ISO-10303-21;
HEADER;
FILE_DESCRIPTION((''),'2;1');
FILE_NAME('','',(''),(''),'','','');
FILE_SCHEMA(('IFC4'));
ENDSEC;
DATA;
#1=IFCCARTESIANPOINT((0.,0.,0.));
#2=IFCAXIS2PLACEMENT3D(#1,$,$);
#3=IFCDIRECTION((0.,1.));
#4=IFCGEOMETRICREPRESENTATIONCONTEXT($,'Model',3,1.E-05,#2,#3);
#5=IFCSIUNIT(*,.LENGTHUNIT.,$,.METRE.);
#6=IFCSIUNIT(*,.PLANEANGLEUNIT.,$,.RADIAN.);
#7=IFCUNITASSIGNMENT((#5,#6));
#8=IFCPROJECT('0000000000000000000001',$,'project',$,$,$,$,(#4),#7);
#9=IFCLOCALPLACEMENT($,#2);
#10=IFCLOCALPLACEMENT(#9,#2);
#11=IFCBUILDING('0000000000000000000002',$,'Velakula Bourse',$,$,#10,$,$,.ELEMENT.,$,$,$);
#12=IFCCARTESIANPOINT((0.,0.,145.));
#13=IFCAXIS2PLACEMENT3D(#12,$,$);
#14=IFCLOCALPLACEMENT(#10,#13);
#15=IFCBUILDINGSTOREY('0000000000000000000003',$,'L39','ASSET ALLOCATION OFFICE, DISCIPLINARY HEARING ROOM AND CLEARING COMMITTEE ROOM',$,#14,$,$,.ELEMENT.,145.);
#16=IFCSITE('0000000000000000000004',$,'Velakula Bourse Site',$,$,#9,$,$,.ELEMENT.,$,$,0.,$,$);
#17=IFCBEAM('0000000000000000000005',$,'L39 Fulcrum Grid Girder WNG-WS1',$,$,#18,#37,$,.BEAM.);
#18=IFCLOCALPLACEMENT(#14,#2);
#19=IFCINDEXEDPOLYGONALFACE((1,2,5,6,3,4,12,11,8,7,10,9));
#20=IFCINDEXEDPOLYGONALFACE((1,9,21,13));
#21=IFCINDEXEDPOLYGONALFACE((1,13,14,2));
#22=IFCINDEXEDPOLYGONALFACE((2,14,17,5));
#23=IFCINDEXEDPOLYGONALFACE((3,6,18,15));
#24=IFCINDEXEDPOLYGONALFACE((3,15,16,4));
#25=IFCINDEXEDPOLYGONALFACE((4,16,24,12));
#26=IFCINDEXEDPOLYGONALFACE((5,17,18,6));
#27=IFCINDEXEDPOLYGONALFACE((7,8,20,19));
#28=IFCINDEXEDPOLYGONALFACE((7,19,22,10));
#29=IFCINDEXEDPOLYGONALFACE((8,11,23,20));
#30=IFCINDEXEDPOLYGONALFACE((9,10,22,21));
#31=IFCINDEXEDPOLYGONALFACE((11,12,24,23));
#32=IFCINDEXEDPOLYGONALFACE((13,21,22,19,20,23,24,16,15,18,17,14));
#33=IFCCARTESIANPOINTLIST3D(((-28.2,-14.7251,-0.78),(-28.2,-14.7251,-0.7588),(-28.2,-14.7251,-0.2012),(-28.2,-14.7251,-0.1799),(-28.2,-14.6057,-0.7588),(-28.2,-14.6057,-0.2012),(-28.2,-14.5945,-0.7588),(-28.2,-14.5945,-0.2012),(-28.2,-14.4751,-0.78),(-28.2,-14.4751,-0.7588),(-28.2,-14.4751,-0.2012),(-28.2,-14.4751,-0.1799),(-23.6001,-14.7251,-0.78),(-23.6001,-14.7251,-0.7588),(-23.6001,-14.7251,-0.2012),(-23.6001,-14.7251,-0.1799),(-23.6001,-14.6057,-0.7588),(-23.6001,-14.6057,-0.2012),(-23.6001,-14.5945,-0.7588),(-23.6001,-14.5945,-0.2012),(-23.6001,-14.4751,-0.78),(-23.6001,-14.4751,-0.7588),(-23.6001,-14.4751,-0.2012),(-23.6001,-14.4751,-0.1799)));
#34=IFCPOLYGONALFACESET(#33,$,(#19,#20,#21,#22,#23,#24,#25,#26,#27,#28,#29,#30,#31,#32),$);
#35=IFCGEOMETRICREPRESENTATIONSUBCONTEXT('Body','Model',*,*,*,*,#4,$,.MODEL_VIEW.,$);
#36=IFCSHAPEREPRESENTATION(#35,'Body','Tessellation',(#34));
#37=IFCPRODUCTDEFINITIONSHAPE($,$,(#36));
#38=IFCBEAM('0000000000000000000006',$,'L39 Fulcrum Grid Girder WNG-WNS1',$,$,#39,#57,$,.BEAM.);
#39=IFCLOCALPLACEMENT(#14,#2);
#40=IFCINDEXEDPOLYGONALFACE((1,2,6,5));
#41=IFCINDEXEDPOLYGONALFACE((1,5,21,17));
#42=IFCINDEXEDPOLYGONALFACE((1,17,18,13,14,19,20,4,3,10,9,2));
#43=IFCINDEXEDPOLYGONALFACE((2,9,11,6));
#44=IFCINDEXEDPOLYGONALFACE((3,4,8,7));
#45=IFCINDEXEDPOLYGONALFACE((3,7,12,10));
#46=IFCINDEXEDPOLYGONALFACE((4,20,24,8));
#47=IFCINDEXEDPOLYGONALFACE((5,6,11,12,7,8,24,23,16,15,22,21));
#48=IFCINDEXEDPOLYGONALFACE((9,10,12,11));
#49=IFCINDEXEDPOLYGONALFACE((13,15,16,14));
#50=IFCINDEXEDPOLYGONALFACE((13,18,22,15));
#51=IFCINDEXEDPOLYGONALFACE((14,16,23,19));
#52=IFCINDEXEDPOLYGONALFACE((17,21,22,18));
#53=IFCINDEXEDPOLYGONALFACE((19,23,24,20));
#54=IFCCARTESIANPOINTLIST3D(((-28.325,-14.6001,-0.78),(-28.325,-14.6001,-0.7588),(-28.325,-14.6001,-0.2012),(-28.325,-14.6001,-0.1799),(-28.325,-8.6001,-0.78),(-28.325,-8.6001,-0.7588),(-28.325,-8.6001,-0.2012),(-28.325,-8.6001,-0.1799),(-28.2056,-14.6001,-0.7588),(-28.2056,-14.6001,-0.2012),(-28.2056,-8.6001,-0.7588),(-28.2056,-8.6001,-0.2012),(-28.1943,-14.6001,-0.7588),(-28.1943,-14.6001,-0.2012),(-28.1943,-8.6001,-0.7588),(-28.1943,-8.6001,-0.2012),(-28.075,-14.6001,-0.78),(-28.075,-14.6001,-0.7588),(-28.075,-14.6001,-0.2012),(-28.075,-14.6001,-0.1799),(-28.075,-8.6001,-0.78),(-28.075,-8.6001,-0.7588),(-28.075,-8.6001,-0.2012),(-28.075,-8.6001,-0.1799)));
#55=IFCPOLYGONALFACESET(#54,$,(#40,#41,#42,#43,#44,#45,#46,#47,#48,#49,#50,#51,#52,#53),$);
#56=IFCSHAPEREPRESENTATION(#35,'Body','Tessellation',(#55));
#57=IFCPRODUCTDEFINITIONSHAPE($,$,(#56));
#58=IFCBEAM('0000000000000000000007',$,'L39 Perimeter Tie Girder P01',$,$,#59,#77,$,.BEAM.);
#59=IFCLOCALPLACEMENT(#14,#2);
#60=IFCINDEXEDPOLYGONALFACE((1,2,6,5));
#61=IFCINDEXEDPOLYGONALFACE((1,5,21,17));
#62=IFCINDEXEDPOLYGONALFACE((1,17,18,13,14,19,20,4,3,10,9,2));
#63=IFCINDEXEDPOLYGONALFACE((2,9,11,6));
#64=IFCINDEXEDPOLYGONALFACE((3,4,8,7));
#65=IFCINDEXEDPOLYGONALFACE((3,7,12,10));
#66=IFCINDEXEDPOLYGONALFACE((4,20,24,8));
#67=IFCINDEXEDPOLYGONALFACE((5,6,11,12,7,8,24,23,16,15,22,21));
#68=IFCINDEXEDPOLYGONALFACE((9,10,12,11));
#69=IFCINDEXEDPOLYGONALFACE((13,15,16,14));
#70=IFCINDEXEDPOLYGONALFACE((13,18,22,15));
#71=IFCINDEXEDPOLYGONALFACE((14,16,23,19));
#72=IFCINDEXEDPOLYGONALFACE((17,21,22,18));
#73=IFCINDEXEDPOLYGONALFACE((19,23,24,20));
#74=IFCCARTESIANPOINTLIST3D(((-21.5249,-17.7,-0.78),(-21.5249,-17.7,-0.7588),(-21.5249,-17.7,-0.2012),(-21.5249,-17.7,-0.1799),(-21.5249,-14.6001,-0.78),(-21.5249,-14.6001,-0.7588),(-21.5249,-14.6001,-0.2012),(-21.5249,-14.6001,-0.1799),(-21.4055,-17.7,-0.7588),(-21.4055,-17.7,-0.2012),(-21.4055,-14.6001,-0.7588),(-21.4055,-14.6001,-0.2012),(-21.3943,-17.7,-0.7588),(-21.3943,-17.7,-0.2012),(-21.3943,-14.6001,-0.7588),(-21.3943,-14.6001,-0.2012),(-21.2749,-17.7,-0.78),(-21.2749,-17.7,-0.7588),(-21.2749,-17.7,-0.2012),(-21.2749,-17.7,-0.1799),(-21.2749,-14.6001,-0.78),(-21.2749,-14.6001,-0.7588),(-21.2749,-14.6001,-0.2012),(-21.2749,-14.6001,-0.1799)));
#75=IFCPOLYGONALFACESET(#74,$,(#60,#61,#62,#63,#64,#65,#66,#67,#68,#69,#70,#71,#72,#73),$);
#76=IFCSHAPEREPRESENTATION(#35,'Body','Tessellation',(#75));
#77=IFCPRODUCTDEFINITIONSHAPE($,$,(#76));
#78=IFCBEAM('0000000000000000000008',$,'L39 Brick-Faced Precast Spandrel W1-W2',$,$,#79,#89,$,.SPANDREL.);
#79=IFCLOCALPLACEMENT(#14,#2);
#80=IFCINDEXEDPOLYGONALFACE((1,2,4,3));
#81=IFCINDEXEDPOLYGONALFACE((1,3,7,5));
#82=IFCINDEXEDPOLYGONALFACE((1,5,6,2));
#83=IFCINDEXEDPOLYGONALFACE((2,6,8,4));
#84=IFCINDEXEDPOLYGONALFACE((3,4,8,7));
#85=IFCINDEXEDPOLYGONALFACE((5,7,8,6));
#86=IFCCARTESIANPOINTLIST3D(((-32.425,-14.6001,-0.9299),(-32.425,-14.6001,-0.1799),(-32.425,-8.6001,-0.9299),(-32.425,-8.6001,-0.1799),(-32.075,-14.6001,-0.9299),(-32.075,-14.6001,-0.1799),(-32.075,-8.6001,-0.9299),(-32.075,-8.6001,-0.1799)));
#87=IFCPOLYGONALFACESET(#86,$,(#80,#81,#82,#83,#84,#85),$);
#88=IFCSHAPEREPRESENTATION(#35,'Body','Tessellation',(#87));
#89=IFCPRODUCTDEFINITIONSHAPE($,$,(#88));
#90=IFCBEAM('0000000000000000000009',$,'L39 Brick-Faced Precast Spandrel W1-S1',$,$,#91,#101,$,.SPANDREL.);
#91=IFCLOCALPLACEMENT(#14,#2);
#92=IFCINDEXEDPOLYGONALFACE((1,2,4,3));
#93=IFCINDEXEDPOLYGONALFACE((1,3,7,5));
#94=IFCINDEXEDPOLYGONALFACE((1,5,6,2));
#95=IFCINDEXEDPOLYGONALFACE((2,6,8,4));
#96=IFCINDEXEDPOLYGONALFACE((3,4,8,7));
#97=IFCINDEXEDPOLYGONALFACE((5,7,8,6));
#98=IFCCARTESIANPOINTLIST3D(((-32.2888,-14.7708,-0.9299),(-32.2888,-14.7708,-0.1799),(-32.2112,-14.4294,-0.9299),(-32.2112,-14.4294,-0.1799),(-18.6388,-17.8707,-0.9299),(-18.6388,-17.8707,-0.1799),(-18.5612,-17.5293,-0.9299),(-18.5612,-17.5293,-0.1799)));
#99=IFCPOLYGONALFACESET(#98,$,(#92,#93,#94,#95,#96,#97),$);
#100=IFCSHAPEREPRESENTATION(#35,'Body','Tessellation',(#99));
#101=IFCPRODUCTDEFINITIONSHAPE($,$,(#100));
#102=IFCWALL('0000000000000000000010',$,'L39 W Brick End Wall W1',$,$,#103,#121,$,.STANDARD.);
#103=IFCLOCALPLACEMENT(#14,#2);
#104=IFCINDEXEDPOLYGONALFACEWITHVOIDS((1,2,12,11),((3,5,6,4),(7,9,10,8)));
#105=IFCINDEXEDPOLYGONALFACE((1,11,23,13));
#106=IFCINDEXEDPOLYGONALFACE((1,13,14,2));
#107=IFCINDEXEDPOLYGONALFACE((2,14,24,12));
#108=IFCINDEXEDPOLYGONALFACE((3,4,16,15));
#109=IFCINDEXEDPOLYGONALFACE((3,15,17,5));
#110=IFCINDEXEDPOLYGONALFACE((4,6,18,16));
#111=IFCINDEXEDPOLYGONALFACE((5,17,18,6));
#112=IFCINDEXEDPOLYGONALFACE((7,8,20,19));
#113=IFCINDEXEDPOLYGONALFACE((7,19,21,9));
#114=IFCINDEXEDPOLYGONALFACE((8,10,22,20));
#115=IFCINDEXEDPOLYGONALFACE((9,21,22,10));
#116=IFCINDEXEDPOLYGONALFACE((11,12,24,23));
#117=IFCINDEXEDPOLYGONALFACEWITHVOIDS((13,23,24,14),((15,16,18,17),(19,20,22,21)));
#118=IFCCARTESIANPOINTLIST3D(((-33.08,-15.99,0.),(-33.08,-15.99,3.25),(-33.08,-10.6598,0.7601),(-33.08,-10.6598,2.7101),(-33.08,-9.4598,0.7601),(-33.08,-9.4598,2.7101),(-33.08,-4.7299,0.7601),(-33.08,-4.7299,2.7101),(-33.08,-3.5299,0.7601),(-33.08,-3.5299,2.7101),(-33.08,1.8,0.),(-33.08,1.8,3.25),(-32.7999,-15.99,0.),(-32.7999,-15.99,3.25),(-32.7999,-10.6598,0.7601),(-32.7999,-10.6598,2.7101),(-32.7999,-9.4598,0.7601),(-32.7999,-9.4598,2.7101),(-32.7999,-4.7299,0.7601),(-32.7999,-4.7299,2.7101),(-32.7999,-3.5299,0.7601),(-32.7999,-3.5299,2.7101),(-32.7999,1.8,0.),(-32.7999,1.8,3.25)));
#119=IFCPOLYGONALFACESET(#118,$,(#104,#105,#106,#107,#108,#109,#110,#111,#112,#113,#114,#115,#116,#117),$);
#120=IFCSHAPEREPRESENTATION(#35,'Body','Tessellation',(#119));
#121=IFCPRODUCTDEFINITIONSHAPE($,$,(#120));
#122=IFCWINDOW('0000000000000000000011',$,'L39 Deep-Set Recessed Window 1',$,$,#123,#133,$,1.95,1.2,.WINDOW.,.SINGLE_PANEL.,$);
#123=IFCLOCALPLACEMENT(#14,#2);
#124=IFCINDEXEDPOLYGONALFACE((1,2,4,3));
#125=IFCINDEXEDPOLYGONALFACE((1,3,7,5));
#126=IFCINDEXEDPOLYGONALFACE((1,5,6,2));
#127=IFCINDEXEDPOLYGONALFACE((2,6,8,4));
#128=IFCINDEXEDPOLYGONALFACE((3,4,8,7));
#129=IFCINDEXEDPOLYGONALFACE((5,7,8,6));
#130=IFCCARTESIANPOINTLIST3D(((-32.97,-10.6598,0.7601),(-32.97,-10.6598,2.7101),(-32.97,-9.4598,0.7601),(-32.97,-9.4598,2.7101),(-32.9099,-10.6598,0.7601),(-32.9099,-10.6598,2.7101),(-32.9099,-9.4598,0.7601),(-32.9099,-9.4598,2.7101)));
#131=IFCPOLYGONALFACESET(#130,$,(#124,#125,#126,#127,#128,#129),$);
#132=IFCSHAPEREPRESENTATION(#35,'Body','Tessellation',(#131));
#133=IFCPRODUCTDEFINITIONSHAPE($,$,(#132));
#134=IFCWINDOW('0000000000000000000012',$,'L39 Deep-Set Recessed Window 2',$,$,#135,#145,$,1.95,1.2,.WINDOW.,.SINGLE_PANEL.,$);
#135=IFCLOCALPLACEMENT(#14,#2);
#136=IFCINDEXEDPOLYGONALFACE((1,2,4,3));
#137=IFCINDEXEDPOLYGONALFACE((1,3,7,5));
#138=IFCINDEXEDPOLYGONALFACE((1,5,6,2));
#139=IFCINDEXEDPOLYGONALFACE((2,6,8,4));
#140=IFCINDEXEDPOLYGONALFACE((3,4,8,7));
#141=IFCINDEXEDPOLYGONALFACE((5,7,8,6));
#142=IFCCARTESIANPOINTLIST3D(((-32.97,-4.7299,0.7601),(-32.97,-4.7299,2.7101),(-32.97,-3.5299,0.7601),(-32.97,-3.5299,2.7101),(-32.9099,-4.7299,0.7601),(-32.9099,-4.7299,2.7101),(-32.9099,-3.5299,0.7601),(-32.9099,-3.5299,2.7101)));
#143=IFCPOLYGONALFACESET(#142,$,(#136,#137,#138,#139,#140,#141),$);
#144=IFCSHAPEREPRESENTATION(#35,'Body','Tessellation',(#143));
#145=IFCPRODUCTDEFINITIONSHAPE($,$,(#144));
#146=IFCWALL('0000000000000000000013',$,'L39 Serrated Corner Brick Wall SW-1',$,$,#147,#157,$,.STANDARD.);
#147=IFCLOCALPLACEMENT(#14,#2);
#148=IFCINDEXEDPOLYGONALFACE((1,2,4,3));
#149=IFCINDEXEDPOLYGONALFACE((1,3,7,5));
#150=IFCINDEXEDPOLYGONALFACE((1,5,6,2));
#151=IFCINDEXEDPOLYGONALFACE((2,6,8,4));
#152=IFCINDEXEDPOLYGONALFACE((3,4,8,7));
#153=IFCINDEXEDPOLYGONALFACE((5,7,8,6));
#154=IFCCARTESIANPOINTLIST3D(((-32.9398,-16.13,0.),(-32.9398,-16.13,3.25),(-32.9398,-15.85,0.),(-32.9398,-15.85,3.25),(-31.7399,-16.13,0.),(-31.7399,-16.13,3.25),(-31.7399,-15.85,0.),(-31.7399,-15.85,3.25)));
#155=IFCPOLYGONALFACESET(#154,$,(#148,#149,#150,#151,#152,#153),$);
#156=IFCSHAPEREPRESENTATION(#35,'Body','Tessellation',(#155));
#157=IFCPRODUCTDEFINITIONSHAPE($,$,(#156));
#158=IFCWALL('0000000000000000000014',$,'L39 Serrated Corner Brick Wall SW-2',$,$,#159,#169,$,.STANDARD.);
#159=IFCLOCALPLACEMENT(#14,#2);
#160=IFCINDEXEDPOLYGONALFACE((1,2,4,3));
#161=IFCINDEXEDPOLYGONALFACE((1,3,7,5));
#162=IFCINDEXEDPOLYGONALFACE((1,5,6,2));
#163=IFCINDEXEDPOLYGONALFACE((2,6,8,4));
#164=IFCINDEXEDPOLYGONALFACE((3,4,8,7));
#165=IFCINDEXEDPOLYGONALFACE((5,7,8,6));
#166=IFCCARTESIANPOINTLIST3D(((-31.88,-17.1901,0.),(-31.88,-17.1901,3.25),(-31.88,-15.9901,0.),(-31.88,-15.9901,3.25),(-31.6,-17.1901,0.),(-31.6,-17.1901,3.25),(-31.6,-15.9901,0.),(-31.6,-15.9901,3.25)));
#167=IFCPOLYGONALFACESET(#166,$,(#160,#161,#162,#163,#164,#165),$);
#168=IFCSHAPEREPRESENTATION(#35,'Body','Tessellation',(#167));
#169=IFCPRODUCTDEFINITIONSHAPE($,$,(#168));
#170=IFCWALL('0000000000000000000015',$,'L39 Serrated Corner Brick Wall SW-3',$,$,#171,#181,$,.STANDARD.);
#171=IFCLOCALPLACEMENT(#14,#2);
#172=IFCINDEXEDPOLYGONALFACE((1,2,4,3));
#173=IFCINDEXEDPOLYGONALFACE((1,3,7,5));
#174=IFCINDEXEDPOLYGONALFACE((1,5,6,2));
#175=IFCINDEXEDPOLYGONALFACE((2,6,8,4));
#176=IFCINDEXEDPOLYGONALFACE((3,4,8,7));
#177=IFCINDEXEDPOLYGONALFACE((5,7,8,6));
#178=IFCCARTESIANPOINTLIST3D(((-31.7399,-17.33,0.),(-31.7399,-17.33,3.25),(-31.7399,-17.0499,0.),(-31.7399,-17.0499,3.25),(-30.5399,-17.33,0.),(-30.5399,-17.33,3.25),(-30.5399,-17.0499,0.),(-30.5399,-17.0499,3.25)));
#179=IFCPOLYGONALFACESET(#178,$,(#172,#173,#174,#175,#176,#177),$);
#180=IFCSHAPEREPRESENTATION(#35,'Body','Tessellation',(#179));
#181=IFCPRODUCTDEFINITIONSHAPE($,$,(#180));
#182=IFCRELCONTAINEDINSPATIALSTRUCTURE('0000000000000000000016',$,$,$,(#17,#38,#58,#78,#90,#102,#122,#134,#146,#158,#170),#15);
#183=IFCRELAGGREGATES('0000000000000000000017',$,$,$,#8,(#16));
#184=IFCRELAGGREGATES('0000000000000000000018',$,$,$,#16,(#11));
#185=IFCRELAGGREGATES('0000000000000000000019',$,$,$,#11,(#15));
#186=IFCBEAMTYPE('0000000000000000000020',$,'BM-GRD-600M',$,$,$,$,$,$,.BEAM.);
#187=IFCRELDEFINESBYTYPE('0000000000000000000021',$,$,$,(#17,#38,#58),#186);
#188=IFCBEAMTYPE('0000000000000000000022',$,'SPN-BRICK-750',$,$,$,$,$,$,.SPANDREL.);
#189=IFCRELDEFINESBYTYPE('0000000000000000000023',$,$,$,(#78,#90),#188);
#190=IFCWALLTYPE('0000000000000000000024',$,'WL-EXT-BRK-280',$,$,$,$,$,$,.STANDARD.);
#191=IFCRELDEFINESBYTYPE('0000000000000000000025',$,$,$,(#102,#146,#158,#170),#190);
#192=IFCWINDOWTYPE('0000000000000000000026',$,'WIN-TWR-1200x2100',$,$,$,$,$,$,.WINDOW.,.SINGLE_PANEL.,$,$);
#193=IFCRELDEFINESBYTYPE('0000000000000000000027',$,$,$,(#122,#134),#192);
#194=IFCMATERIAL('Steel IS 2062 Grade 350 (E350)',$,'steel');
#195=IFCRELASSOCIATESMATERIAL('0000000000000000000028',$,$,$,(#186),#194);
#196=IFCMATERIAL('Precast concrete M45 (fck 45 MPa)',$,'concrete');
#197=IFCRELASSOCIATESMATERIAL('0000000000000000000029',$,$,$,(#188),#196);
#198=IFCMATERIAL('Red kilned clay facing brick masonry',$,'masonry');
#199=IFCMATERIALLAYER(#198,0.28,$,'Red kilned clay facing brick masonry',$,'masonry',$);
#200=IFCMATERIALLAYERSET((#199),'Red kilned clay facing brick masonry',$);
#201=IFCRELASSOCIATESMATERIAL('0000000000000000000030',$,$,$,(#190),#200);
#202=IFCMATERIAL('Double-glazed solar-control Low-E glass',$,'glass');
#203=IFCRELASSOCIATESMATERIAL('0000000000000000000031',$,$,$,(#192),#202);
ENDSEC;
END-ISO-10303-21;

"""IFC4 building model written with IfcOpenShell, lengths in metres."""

from ifc_helpers import new_model, si_unit, direction, frame, frame_2d, origin, origin_2d, place, context, subcontext, project, spatial, rectangle, i_section, extrude, material, layer, layer_set, material_profile, profile_set, type_object, element, fill, save


model = new_model("IFC4")

# Units and contexts
model_context = context("Model", 3, precision=1e-05, world=origin(), true_north=direction((0.0, 1.0)))
body_context = subcontext(model_context, "Body", "Model", "MODEL_VIEW")
ifc_project = project(units=[si_unit("LENGTHUNIT", "METRE"), si_unit("PLANEANGLEUNIT", "RADIAN")], contexts=[model_context])

# Site, building, storey
site_placement = place(None, origin())
site = spatial("IfcSite", under=ifc_project, at=site_placement, Name="Velakula Bourse Site", CompositionType="ELEMENT", RefElevation=0.0)
building_placement = place(site_placement, origin())
building = spatial("IfcBuilding", under=site, at=building_placement, Name="Velakula Bourse", CompositionType="ELEMENT")
storey_placement = place(building_placement, frame((0.0, 0.0, 145.0)))
storey = spatial("IfcBuildingStorey", under=building, at=storey_placement, Name="L39", Description="ASSET ALLOCATION OFFICE, DISCIPLINARY HEARING ROOM AND CLEARING COMMITTEE ROOM", CompositionType="ELEMENT", Elevation=145.0)

# Shared definitions
ifc_material_1 = material(Name="Steel IS 2062 Grade 350 (E350)", Category="steel")
ifc_material_2 = material(Name="Precast concrete M45 (fck 45 MPa)", Category="concrete")

# Beams
ifc_material_profile_1 = material_profile(ifc_material_1, i_section(OverallWidth=0.25, OverallDepth=0.6001, WebThickness=0.0112, FlangeThickness=0.0212, at=origin_2d()), Name="Steel IS 2062 Grade 350 (E350)")
ifc_profile_set_1 = profile_set([ifc_material_profile_1], Name="Steel IS 2062 Grade 350 (E350)")
beam_type_1 = type_object("IfcBeamType", Name="BM-GRD-600M", PredefinedType="BEAM", material=ifc_profile_set_1)
beam_1_placement = place(storey_placement, frame((-28.2, -14.6001, -0.48), z_axis=(1.0, 0.0, 0.0), x_axis=(0.0, 1.0, 0.0)))
element("IfcBeam", 1, at=beam_1_placement, inside=storey, type_object=beam_type_1, Name="L39 Fulcrum Grid Girder WNG-WS1", PredefinedType="BEAM", context=body_context, shape_type="SweptSolid", body=[
    extrude(i_section(OverallWidth=0.25, OverallDepth=0.6001, WebThickness=0.0112, FlangeThickness=0.0212, at=origin_2d()), origin(), (0.0, 0.0, 1.0), 4.5999),
])
beam_2_placement = place(storey_placement, frame((-28.2, -14.6001, -0.48), z_axis=(0.0, 1.0, 0.0), x_axis=(-1.0, 0.0, 0.0)))
element("IfcBeam", 2, at=beam_2_placement, inside=storey, type_object=beam_type_1, Name="L39 Fulcrum Grid Girder WNG-WNS1", PredefinedType="BEAM", context=body_context, shape_type="SweptSolid", body=[
    extrude(i_section(OverallWidth=0.25, OverallDepth=0.6001, WebThickness=0.0112, FlangeThickness=0.0212, at=origin_2d()), origin(), (0.0, 0.0, 1.0), 6.0),
])
beam_3_placement = place(storey_placement, frame((-21.3999, -14.6001, -0.48), z_axis=(0.0, -1.0, 0.0), x_axis=(1.0, 0.0, 0.0)))
element("IfcBeam", 3, at=beam_3_placement, inside=storey, type_object=beam_type_1, Name="L39 Perimeter Tie Girder P01", PredefinedType="BEAM", context=body_context, shape_type="SweptSolid", body=[
    extrude(i_section(OverallWidth=0.25, OverallDepth=0.6001, WebThickness=0.0112, FlangeThickness=0.0212, at=origin_2d()), origin(), (0.0, 0.0, 1.0), 3.0999),
])
ifc_material_profile_2 = material_profile(ifc_material_2, rectangle(XDim=0.3501, YDim=0.75, at=origin_2d()), Name="Precast concrete M45 (fck 45 MPa)")
ifc_profile_set_2 = profile_set([ifc_material_profile_2], Name="Precast concrete M45 (fck 45 MPa)")
beam_type_2 = type_object("IfcBeamType", Name="SPN-BRICK-750", PredefinedType="SPANDREL", material=ifc_profile_set_2)
beam_4_placement = place(storey_placement, frame((-32.25, -14.6001, -0.5549), z_axis=(0.0, 1.0, 0.0), x_axis=(-1.0, 0.0, 0.0)))
element("IfcBeam", 4, at=beam_4_placement, inside=storey, type_object=beam_type_2, Name="L39 Brick-Faced Precast Spandrel W1-W2", PredefinedType="SPANDREL", context=body_context, shape_type="SweptSolid", body=[
    extrude(rectangle(XDim=0.3501, YDim=0.75, at=origin_2d()), origin(), (0.0, 0.0, 1.0), 6.0),
])
beam_5_placement = place(storey_placement, frame((-32.25, -14.6001, -0.5549), z_axis=(0.97517, -0.221458, 0.0), x_axis=(0.221458, 0.97517, 0.0)))
element("IfcBeam", 5, at=beam_5_placement, inside=storey, type_object=beam_type_2, Name="L39 Brick-Faced Precast Spandrel W1-S1", PredefinedType="SPANDREL", context=body_context, shape_type="SweptSolid", body=[
    extrude(rectangle(XDim=0.3501, YDim=0.75, at=origin_2d()), origin(), (0.0, 0.0, 1.0), 13.9976),
])

# Wall, openings, windows
ifc_material_3 = material(Name="Red kilned clay facing brick masonry", Category="masonry")
ifc_layer_1 = layer(ifc_material_3, 0.28, Name="Red kilned clay facing brick masonry", Category="masonry")
ifc_layer_set_1 = layer_set([ifc_layer_1], Name="Red kilned clay facing brick masonry")
wall_type_1 = type_object("IfcWallType", Name="WL-EXT-BRK-280", PredefinedType="STANDARD", material=ifc_layer_set_1)
wall_1_placement = place(storey_placement, frame((-32.9399, -15.99, 0.0), z_axis=(0.0, 0.0, 1.0), x_axis=(0.0, 1.0, 0.0)))
wall_1 = element("IfcWall", 6, at=wall_1_placement, inside=storey, type_object=wall_type_1, Name="L39 W Brick End Wall W1", PredefinedType="STANDARD", context=body_context, shape_type="SweptSolid", body=[
    extrude(rectangle(XDim=17.79, YDim=0.28, at=frame_2d((8.895, 0.0))), origin(), (0.0, 0.0, 1.0), 3.25),
])
opening_1_placement = place(wall_1_placement, frame((5.3301, 0.0, 0.76)))
opening_1 = element("IfcOpeningElement", 7, at=opening_1_placement, cuts=wall_1, PredefinedType="OPENING", context=body_context, shape_type="SweptSolid", body=[
    extrude(rectangle(XDim=1.2, YDim=1.95, at=frame_2d((0.6001, 0.9751))), frame((0.0, 0.1499, 0.0), z_axis=(0.0, -1.0, 0.0), x_axis=(1.0, 0.0, 0.0)), (0.0, 0.0, 1.0), 0.3),
])
opening_2_placement = place(wall_1_placement, frame((11.26, 0.0, 0.76)))
opening_2 = element("IfcOpeningElement", 8, at=opening_2_placement, cuts=wall_1, PredefinedType="OPENING", context=body_context, shape_type="SweptSolid", body=[
    extrude(rectangle(XDim=1.2, YDim=1.95, at=frame_2d((0.6001, 0.9751))), frame((0.0, 0.1499, 0.0), z_axis=(0.0, -1.0, 0.0), x_axis=(1.0, 0.0, 0.0)), (0.0, 0.0, 1.0), 0.3),
])
ifc_material_4 = material(Name="Double-glazed solar-control Low-E glass", Category="glass")
window_type = type_object("IfcWindowType", Name="WIN-TWR-1200x2100", PartitioningType="SINGLE_PANEL", PredefinedType="WINDOW", material=ifc_material_4)
window_1_placement = place(opening_1_placement, origin())
window_1 = element("IfcWindow", 9, at=window_1_placement, inside=storey, type_object=window_type, Name="L39 Deep-Set Recessed Window 1", OverallHeight=1.95, OverallWidth=1.2, PartitioningType="SINGLE_PANEL", PredefinedType="WINDOW", context=body_context, shape_type="SweptSolid", body=[
    extrude(rectangle(XDim=1.2, YDim=1.95, at=frame_2d((0.6001, 0.9751))), frame((0.0, 0.03, 0.0), z_axis=(0.0, -1.0, 0.0), x_axis=(1.0, 0.0, 0.0)), (0.0, 0.0, 1.0), 0.0601),
])
fill(opening_1, window_1)
window_2_placement = place(opening_2_placement, origin())
window_2 = element("IfcWindow", 10, at=window_2_placement, inside=storey, type_object=window_type, Name="L39 Deep-Set Recessed Window 2", OverallHeight=1.95, OverallWidth=1.2, PartitioningType="SINGLE_PANEL", PredefinedType="WINDOW", context=body_context, shape_type="SweptSolid", body=[
    extrude(rectangle(XDim=1.2, YDim=1.95, at=frame_2d((0.6001, 0.9751))), frame((0.0, 0.03, 0.0), z_axis=(0.0, -1.0, 0.0), x_axis=(1.0, 0.0, 0.0)), (0.0, 0.0, 1.0), 0.0601),
])
fill(opening_2, window_2)

# Walls
for number, where, z_axis, x_axis, name in (
    (11, (-32.9399, -15.99, 0.0), (0.0, 0.0, 1.0), (1.0, 0.0, 0.0), "L39 Serrated Corner Brick Wall SW-1"),
    (12, (-31.74, -15.99, 0.0), (0.0, 0.0, 1.0), (0.0, -1.0, 0.0), "L39 Serrated Corner Brick Wall SW-2"),
    (13, (-31.74, -17.1899, 0.0), (0.0, 0.0, 1.0), (1.0, 0.0, 0.0), "L39 Serrated Corner Brick Wall SW-3"),
):
    element("IfcWall", number, at=place(storey_placement, frame(where, z_axis=z_axis, x_axis=x_axis)), inside=storey, type_object=wall_type_1, Name=name, PredefinedType="STANDARD", context=body_context, shape_type="SweptSolid", body=[
        extrude(rectangle(XDim=1.2, YDim=0.28, at=frame_2d((0.6001, 0.0))), origin(), (0.0, 0.0, 1.0), 3.25),
    ])

save(model, "model.ifc")
